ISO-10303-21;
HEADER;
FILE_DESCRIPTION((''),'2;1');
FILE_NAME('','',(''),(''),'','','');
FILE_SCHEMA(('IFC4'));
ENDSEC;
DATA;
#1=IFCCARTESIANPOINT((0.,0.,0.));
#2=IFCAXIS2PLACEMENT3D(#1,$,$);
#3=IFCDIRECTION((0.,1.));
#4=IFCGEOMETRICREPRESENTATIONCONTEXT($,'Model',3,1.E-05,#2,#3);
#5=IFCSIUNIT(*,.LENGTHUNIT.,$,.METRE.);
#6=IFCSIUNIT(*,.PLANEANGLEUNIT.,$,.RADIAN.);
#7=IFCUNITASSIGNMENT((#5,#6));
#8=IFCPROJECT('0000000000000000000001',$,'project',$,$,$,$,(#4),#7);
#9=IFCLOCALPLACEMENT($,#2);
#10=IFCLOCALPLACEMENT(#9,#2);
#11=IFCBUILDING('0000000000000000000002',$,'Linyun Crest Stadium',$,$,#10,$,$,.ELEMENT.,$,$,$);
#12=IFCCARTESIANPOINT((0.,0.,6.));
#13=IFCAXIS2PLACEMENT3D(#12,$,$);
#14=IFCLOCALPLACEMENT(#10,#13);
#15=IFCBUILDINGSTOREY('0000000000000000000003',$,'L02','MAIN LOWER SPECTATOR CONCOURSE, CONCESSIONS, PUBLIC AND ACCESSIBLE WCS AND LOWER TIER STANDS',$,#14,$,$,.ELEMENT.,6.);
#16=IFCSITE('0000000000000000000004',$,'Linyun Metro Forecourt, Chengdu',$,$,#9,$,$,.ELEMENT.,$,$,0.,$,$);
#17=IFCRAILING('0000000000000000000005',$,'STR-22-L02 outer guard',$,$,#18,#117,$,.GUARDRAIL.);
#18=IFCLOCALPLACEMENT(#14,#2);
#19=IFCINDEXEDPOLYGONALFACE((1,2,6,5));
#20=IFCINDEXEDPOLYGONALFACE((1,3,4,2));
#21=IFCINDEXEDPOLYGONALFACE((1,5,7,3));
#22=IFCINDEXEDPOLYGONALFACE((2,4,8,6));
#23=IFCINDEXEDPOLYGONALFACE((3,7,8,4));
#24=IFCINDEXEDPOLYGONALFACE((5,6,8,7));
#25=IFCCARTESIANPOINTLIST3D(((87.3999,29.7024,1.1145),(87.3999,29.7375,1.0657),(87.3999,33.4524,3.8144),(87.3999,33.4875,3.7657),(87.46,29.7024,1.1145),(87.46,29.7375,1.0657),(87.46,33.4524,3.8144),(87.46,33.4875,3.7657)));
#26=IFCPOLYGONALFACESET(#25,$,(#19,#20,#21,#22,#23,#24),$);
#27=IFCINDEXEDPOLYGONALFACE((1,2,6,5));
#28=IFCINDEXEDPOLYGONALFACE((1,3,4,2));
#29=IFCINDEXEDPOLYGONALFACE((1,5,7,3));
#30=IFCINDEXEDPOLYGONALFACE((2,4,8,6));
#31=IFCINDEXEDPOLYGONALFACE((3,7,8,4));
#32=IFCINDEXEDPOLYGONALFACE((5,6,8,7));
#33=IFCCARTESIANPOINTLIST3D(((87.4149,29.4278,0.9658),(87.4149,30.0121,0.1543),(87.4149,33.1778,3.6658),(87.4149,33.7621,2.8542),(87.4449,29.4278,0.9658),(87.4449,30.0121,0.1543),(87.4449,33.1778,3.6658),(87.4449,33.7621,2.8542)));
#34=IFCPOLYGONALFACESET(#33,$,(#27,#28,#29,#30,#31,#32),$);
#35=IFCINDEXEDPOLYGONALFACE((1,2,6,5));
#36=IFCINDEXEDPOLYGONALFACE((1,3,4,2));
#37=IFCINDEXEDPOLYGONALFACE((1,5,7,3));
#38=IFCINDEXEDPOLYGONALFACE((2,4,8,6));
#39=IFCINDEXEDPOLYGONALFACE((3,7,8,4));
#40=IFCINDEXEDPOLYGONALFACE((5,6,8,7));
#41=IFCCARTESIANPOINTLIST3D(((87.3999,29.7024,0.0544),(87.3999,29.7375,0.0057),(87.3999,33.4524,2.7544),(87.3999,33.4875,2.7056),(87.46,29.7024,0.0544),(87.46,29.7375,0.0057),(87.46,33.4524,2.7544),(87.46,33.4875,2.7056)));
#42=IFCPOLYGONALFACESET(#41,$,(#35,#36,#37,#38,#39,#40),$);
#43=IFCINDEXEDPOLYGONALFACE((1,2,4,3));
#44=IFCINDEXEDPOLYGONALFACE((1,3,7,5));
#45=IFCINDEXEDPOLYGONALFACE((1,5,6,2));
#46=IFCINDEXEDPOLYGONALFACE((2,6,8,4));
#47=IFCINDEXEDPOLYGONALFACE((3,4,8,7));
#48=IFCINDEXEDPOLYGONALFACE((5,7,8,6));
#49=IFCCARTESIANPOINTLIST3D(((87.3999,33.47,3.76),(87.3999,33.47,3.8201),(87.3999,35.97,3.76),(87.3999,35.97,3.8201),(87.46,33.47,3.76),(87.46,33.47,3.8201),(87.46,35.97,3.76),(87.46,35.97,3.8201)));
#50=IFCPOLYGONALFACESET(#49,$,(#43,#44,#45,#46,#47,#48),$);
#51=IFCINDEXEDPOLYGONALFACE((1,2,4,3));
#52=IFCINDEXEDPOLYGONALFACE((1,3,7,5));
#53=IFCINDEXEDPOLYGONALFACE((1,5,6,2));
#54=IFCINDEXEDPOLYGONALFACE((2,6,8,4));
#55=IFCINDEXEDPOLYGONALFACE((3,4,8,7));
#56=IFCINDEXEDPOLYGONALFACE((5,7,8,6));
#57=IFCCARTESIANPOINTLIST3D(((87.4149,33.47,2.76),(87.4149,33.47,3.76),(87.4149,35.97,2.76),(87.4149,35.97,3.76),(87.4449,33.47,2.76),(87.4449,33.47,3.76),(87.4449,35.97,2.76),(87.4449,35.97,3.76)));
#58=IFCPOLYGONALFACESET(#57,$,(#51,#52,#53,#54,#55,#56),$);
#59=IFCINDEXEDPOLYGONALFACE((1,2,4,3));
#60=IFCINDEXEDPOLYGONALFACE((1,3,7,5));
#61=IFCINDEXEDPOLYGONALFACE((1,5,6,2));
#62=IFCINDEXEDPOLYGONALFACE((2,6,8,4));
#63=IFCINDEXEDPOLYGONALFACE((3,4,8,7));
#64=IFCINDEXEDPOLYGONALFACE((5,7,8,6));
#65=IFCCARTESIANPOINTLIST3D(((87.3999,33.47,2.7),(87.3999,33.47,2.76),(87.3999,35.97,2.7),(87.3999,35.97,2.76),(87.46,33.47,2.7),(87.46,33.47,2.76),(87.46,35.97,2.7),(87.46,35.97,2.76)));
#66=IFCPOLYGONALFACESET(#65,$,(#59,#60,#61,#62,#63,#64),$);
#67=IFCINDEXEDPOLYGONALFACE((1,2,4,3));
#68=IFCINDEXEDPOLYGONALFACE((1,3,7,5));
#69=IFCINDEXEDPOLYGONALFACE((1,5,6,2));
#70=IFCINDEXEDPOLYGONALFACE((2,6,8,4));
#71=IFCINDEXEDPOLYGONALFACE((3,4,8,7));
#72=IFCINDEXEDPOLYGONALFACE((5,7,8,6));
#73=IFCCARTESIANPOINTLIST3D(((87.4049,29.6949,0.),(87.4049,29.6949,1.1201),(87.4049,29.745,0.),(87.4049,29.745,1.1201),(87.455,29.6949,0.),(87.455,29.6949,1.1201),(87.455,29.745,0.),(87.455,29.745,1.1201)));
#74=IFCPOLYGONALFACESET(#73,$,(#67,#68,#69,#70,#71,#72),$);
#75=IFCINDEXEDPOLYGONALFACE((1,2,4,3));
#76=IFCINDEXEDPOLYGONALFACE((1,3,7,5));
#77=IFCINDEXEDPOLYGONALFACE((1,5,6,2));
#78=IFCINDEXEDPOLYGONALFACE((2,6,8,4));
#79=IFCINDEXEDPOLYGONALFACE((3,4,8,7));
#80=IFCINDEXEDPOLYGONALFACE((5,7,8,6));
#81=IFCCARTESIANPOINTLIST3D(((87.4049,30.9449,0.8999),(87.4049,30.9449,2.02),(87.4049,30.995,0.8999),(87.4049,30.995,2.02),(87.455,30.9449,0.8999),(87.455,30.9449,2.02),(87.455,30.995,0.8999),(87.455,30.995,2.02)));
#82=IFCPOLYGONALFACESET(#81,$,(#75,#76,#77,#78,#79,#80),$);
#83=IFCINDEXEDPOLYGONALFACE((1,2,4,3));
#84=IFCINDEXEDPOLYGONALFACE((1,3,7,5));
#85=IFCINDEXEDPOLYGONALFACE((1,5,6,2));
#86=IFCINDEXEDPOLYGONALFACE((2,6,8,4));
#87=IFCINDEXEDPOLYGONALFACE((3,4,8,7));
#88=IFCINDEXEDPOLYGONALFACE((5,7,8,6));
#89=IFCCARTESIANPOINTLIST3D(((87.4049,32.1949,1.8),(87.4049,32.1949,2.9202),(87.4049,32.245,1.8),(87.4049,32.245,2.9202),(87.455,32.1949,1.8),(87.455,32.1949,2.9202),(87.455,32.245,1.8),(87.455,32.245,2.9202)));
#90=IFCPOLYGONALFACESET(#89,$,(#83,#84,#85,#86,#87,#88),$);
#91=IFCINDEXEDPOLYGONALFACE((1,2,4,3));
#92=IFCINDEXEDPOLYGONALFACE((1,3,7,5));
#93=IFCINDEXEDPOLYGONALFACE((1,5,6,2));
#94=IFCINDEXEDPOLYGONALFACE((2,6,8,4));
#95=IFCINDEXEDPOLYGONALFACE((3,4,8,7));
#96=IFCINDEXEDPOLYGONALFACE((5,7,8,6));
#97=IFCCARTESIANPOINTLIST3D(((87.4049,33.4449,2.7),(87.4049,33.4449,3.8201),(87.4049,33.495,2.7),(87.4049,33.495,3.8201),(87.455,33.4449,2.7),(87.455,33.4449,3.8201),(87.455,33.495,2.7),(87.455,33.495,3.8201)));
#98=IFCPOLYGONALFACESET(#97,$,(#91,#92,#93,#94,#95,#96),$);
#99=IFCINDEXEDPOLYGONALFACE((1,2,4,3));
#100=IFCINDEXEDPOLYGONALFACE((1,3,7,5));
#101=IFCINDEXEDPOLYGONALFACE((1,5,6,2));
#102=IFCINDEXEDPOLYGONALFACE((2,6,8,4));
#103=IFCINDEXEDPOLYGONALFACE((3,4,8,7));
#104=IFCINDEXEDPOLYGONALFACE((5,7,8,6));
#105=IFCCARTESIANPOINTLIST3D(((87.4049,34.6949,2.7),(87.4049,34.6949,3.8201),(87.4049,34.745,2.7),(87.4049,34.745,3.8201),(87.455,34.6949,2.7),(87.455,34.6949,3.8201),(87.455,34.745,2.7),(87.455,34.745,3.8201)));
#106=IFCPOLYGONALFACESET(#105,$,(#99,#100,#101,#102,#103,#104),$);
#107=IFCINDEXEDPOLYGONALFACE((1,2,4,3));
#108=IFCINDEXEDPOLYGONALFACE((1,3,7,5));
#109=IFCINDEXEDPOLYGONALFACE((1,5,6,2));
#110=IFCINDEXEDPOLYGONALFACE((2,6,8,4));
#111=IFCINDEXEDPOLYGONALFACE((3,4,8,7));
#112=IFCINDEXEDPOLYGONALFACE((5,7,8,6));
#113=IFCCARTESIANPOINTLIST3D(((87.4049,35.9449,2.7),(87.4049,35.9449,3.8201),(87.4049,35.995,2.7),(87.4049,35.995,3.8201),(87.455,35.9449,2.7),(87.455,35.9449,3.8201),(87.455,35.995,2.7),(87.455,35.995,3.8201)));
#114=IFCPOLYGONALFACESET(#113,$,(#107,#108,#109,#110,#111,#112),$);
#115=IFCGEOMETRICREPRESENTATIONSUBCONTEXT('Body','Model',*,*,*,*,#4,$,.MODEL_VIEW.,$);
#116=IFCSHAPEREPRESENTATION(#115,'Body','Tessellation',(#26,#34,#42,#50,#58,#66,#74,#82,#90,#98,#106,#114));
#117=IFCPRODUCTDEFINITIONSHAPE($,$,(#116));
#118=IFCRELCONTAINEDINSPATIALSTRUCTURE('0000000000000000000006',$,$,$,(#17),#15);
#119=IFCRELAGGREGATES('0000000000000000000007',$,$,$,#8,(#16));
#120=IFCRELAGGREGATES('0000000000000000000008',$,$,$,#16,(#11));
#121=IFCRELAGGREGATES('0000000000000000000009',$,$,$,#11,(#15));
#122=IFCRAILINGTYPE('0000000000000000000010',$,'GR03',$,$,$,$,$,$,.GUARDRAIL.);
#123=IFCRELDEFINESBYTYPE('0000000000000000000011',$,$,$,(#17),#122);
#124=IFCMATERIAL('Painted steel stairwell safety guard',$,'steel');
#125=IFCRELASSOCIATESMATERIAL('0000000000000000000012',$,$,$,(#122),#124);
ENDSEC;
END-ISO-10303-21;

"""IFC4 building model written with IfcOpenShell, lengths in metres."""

from ifc_helpers import new_model, si_unit, direction, frame, origin, origin_2d, place, context, subcontext, project, spatial, rectangle, extrude, material, type_object, element, save


model = new_model("IFC4")

# Units and contexts
model_context = context("Model", 3, precision=1e-05, world=origin(), true_north=direction((0.0, 1.0)))
body_context = subcontext(model_context, "Body", "Model", "MODEL_VIEW")
ifc_project = project(units=[si_unit("LENGTHUNIT", "METRE"), si_unit("PLANEANGLEUNIT", "RADIAN")], contexts=[model_context])

# Site, building, storey
site_placement = place(None, origin())
site = spatial("IfcSite", under=ifc_project, at=site_placement, Name="Linyun Metro Forecourt, Chengdu", CompositionType="ELEMENT", RefElevation=0.0)
building_placement = place(site_placement, origin())
building = spatial("IfcBuilding", under=site, at=building_placement, Name="Linyun Crest Stadium", CompositionType="ELEMENT")
storey_placement = place(building_placement, frame((0.0, 0.0, 6.0)))
storey = spatial("IfcBuildingStorey", under=building, at=storey_placement, Name="L02", Description="MAIN LOWER SPECTATOR CONCOURSE, CONCESSIONS, PUBLIC AND ACCESSIBLE WCS AND LOWER TIER STANDS", CompositionType="ELEMENT", Elevation=6.0)

# Railing
ifc_material_1 = material(Name="Painted steel stairwell safety guard", Category="steel")
railing_type_1 = type_object("IfcRailingType", Name="GR03", PredefinedType="GUARDRAIL", material=ifc_material_1)
railing_1_placement = place(storey_placement, frame((87.4299, 29.72, 0.0)))
element("IfcRailing", 1, at=railing_1_placement, inside=storey, type_object=railing_type_1, Name="STR-22-L02 outer guard", PredefinedType="GUARDRAIL", context=body_context, shape_type="SweptSolid", body=[
    extrude(rectangle(XDim=0.0601, YDim=0.0601, at=origin_2d()), frame((0.0, 0.0, 1.0901), z_axis=(0.0, 0.811539, 0.584298), x_axis=(-1.0, 0.0, 0.0)), (0.0, 0.0, 1.0), 4.6208),
    extrude(rectangle(XDim=0.03, YDim=1.0, at=origin_2d()), frame((0.0, 0.0, 0.5601), z_axis=(0.0, 0.811539, 0.584298), x_axis=(-1.0, 0.0, 0.0)), (0.0, 0.0, 1.0), 4.6208),
    extrude(rectangle(XDim=0.0601, YDim=0.0601, at=origin_2d()), frame((0.0, 0.0, 0.03), z_axis=(0.0, 0.811539, 0.584298), x_axis=(-1.0, 0.0, 0.0)), (0.0, 0.0, 1.0), 4.6208),
    extrude(rectangle(XDim=0.0601, YDim=0.0601, at=origin_2d()), frame((0.0, 3.75, 3.79), z_axis=(0.0, 1.0, 0.0), x_axis=(-1.0, 0.0, 0.0)), (0.0, 0.0, 1.0), 2.5),
    extrude(rectangle(XDim=0.03, YDim=1.0, at=origin_2d()), frame((0.0, 3.75, 3.26), z_axis=(0.0, 1.0, 0.0), x_axis=(-1.0, 0.0, 0.0)), (0.0, 0.0, 1.0), 2.5),
    extrude(rectangle(XDim=0.0601, YDim=0.0601, at=origin_2d()), frame((0.0, 3.75, 2.73), z_axis=(0.0, 1.0, 0.0), x_axis=(-1.0, 0.0, 0.0)), (0.0, 0.0, 1.0), 2.5),
    extrude(rectangle(XDim=0.05, YDim=0.05, at=origin_2d()), origin(), (0.0, 0.0, 1.0), 1.1201),
    extrude(rectangle(XDim=0.05, YDim=0.05, at=origin_2d()), frame((0.0, 1.25, 0.8999)), (0.0, 0.0, 1.0), 1.1201),
    extrude(rectangle(XDim=0.05, YDim=0.05, at=origin_2d()), frame((0.0, 2.5, 1.8)), (0.0, 0.0, 1.0), 1.1201),
    extrude(rectangle(XDim=0.05, YDim=0.05, at=origin_2d()), frame((0.0, 3.75, 2.7)), (0.0, 0.0, 1.0), 1.1201),
    extrude(rectangle(XDim=0.05, YDim=0.05, at=origin_2d()), frame((0.0, 5.0, 2.7)), (0.0, 0.0, 1.0), 1.1201),
    extrude(rectangle(XDim=0.05, YDim=0.05, at=origin_2d()), frame((0.0, 6.25, 2.7)), (0.0, 0.0, 1.0), 1.1201),
])

save(model, "model.ifc")
